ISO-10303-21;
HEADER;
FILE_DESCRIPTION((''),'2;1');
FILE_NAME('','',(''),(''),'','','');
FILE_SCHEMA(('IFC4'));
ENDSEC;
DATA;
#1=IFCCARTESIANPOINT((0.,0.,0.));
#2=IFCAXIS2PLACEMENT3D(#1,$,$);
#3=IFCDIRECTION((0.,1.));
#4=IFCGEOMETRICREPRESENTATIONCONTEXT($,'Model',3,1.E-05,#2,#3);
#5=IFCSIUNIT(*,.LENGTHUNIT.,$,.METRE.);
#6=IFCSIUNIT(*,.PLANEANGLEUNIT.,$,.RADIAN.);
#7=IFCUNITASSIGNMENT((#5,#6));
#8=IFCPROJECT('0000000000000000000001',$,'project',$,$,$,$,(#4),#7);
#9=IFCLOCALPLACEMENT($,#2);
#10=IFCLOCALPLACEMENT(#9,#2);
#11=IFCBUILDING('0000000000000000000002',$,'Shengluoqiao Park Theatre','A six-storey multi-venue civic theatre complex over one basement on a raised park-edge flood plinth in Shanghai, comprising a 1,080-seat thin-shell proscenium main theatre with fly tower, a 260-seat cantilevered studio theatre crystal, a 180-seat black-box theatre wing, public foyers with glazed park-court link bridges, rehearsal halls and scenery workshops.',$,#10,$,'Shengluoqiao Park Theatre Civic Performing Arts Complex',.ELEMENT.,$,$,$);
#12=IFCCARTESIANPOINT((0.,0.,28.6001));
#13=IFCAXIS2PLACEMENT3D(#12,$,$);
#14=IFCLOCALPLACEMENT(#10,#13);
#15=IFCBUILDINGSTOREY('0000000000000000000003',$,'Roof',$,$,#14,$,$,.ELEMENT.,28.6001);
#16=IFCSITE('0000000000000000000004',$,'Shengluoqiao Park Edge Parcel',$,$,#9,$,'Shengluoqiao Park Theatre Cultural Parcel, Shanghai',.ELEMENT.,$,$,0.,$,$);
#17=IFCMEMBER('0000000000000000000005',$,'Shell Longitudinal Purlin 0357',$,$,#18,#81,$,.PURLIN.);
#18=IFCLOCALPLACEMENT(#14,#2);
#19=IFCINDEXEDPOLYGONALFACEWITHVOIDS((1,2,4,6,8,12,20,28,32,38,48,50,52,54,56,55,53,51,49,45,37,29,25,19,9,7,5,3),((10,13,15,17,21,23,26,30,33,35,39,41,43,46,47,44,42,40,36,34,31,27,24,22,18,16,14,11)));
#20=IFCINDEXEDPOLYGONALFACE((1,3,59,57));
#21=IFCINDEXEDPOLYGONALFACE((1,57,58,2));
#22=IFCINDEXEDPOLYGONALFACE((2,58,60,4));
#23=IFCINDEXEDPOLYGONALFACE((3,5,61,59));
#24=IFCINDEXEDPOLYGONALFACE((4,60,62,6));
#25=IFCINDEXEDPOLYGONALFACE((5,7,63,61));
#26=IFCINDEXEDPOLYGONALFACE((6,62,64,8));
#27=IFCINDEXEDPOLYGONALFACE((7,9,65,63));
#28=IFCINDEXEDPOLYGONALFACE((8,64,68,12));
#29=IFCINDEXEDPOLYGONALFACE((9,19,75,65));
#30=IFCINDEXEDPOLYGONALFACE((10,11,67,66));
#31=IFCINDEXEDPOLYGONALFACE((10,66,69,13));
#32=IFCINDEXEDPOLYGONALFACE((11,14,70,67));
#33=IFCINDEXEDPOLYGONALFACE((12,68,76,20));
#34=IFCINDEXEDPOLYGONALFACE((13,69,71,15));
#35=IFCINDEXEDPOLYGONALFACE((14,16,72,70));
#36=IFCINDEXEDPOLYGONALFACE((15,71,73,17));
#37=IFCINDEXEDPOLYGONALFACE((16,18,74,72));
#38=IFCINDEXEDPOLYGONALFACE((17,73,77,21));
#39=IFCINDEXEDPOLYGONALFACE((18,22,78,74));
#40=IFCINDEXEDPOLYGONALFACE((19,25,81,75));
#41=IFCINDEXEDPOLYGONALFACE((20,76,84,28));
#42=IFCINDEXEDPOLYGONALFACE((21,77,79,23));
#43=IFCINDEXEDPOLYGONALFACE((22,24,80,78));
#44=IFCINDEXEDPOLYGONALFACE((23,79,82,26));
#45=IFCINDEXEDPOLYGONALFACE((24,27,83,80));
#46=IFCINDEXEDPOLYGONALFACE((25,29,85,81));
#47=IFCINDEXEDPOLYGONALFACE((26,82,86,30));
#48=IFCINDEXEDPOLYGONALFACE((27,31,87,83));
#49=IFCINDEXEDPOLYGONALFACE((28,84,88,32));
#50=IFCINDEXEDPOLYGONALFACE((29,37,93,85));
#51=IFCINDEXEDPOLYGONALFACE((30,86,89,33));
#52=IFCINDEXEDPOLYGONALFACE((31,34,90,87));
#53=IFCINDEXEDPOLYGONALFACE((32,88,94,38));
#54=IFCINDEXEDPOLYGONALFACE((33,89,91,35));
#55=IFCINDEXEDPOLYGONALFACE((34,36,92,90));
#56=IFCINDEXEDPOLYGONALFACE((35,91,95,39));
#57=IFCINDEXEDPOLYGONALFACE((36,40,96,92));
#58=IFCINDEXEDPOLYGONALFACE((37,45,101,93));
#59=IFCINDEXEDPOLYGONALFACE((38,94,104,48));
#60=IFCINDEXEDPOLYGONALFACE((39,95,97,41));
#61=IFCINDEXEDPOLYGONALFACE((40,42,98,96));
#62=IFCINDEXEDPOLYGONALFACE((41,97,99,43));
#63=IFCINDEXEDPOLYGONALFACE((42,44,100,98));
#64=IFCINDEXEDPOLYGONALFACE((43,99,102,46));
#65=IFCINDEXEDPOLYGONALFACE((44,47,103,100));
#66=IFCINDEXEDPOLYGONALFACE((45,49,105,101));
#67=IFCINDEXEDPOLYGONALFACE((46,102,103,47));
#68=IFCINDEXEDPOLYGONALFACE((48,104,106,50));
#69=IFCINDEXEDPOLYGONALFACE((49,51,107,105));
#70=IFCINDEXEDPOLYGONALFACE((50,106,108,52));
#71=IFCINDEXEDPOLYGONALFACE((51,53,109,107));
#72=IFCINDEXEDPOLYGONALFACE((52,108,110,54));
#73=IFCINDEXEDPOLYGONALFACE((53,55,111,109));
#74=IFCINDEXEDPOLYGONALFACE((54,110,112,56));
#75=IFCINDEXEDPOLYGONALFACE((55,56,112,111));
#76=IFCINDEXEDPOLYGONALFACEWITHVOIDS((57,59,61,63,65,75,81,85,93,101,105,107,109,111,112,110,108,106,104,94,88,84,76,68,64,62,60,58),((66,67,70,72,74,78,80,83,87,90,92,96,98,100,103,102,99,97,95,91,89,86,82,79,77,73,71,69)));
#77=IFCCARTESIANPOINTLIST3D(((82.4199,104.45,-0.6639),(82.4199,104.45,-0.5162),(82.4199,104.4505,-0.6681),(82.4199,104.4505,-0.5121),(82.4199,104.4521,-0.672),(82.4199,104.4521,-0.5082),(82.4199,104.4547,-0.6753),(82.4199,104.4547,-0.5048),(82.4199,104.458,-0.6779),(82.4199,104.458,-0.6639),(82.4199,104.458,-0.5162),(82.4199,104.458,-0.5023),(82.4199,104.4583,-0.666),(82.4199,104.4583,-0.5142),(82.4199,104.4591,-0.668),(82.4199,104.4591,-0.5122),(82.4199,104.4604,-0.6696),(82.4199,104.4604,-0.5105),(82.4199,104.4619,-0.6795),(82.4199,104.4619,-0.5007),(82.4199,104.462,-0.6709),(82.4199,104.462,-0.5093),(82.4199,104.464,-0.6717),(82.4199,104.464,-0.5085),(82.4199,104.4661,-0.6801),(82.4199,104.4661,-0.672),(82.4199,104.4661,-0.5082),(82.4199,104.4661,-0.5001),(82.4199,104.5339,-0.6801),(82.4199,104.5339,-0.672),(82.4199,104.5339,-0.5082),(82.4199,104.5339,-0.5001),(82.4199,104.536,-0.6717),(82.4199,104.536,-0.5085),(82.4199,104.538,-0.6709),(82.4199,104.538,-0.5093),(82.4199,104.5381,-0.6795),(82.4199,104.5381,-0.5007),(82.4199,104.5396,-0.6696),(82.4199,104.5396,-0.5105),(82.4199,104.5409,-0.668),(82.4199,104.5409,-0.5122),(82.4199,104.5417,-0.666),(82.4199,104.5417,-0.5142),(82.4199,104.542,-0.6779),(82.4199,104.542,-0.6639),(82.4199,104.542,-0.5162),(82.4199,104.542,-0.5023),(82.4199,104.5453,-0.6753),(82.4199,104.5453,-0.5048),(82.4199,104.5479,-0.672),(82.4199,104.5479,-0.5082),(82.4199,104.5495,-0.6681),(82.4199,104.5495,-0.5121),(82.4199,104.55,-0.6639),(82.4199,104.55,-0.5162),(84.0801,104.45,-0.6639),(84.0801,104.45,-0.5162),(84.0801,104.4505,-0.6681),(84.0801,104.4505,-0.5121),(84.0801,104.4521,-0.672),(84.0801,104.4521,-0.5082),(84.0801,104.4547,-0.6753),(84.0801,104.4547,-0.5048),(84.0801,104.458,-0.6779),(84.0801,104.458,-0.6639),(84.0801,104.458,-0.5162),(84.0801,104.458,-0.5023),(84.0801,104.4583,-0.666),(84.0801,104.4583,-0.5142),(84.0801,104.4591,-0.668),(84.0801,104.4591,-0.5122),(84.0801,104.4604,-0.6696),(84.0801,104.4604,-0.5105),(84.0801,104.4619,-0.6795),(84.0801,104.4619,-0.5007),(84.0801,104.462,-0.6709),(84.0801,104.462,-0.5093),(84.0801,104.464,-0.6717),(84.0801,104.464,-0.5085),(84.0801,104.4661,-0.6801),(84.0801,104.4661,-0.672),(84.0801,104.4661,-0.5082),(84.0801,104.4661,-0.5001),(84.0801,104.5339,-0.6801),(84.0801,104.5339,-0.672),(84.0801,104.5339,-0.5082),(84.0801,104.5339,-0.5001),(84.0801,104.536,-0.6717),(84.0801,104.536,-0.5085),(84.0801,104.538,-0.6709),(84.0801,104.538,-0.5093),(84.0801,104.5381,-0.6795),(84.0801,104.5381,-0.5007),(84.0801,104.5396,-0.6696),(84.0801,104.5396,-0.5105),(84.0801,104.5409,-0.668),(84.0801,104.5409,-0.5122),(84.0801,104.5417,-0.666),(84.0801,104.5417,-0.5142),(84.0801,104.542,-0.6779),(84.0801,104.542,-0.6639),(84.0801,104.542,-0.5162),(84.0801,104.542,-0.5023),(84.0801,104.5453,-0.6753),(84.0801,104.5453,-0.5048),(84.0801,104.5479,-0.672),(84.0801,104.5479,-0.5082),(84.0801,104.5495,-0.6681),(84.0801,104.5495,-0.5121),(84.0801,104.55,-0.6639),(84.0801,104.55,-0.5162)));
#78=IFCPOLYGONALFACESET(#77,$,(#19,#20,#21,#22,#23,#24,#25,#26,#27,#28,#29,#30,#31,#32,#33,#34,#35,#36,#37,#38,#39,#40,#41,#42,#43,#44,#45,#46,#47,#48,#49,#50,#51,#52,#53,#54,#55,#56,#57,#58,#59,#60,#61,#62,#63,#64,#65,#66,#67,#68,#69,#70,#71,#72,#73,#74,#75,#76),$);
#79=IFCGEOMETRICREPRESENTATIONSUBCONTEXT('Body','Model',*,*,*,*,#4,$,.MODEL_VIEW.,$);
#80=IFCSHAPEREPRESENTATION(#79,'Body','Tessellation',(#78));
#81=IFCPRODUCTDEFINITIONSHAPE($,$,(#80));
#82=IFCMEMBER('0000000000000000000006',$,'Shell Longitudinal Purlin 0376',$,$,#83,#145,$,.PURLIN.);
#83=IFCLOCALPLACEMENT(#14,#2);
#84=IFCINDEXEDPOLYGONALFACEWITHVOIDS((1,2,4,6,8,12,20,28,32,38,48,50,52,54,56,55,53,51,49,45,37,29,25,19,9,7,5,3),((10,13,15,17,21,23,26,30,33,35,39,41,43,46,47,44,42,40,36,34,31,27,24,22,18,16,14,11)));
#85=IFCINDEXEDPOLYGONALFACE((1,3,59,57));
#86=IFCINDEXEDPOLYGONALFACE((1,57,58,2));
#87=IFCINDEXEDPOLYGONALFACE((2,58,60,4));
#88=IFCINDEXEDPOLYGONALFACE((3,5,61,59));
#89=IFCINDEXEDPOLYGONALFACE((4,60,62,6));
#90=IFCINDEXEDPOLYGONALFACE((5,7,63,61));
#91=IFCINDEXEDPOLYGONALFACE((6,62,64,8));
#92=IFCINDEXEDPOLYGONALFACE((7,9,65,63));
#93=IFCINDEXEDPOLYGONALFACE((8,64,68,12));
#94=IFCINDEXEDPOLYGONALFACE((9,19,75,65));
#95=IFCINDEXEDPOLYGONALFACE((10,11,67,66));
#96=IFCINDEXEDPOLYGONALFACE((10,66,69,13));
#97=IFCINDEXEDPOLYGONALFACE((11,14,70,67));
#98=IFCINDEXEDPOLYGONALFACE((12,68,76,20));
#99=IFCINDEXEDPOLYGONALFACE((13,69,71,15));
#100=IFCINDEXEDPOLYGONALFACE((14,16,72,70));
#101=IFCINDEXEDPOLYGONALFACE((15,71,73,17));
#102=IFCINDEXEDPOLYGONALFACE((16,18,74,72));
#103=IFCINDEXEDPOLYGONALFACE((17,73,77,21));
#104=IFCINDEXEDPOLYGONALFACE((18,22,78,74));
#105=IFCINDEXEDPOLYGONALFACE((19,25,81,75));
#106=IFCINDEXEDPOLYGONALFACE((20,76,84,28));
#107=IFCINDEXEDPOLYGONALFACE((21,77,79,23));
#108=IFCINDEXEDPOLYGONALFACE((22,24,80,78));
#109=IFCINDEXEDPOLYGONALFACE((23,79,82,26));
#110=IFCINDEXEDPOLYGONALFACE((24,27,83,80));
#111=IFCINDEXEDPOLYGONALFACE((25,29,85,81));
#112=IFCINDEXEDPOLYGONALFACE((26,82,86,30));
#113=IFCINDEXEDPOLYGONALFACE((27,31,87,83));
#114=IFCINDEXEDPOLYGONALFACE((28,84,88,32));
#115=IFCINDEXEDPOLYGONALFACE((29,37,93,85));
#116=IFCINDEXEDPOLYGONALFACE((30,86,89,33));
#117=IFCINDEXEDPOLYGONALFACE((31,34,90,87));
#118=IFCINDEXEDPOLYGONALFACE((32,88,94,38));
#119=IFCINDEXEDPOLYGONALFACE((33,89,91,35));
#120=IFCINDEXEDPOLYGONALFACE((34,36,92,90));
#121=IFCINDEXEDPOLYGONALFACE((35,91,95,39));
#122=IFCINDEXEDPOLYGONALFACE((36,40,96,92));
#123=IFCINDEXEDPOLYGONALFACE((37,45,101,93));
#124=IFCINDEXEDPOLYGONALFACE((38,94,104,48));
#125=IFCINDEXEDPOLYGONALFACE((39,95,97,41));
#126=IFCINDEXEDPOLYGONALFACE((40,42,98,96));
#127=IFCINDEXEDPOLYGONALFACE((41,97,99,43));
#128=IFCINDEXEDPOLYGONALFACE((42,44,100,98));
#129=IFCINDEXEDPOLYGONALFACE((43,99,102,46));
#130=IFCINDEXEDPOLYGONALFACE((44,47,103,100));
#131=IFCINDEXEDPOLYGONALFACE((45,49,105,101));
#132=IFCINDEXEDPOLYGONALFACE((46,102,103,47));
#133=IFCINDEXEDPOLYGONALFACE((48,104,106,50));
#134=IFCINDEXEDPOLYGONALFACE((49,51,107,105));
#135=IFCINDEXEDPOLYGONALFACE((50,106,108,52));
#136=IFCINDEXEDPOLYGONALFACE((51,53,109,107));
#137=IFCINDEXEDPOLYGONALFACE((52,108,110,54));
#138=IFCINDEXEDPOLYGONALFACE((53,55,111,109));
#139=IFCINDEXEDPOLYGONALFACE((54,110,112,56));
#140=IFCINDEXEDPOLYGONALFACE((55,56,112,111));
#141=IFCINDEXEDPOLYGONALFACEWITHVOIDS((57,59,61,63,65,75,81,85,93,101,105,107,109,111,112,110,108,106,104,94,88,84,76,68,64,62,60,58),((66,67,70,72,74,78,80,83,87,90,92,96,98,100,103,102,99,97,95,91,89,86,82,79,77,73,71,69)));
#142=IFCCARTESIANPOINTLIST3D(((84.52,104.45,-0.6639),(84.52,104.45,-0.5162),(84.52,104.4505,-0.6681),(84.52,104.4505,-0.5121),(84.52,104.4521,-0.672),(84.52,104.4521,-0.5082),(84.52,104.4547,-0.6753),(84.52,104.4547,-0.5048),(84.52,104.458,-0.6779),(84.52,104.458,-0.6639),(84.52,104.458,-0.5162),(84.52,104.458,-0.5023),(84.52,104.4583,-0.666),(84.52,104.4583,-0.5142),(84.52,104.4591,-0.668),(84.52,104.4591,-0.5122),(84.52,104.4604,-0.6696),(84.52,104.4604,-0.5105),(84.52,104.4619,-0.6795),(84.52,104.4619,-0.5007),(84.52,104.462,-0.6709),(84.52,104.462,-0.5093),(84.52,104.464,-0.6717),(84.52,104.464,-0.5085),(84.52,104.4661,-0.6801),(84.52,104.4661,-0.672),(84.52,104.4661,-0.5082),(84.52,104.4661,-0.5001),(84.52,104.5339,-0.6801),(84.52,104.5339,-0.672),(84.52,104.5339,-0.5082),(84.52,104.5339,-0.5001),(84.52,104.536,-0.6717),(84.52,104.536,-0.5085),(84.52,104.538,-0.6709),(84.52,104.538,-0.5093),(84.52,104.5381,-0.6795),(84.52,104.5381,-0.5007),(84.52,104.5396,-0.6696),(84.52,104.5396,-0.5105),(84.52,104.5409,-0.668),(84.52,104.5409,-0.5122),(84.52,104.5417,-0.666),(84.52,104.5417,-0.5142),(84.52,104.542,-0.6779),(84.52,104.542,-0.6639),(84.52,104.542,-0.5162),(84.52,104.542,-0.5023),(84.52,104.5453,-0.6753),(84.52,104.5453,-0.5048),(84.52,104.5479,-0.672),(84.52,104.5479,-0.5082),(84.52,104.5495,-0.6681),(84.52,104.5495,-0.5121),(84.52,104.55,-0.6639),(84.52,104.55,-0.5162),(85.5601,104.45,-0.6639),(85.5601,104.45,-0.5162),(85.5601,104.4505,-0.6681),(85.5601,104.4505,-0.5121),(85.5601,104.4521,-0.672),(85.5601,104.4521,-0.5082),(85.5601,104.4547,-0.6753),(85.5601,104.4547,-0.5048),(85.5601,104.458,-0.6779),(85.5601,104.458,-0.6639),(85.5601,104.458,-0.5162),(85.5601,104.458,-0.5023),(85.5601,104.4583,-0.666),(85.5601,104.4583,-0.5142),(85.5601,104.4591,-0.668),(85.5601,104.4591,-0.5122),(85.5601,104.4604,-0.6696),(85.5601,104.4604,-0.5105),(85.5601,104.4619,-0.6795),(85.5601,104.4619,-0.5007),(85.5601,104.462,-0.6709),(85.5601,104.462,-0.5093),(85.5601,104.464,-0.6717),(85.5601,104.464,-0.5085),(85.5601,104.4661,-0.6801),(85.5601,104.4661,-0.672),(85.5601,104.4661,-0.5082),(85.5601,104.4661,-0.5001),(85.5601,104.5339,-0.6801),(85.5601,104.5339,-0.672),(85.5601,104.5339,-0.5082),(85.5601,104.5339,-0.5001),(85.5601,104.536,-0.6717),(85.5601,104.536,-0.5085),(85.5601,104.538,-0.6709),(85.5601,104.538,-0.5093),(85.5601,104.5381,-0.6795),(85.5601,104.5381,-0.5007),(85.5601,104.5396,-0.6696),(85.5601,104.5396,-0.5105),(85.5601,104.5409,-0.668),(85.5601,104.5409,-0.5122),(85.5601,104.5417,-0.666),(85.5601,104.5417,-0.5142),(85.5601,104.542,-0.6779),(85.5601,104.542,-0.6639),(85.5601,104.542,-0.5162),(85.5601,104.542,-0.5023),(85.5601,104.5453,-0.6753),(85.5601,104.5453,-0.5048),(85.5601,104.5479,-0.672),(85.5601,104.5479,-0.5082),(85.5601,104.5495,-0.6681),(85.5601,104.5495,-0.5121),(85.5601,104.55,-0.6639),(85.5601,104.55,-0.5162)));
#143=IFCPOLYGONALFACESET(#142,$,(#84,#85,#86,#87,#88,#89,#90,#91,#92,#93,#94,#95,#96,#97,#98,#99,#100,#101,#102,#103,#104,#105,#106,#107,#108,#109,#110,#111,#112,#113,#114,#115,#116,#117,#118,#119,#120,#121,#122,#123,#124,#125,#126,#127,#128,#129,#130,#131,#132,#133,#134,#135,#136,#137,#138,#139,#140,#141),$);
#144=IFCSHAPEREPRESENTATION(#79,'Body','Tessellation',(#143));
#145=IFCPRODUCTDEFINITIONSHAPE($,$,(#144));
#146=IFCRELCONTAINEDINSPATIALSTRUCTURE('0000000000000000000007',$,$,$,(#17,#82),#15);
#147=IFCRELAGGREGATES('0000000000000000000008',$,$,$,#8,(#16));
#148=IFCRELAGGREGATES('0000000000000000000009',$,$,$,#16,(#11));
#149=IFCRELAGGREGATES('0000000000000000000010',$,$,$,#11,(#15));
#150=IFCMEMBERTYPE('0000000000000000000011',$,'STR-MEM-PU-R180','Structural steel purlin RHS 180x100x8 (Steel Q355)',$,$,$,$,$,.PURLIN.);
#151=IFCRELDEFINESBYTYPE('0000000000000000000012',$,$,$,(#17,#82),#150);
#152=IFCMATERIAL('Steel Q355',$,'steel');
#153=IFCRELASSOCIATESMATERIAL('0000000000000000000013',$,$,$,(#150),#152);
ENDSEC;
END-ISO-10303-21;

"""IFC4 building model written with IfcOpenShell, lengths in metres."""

from ifc_helpers import new_model, si_unit, direction, frame, origin, origin_2d, place, context, subcontext, project, spatial, hollow_rectangle, extrude, material, material_profile, profile_set, type_object, element, save


model = new_model("IFC4")

# Units and contexts
model_context = context("Model", 3, precision=1e-05, world=origin(), true_north=direction((0.0, 1.0)))
body_context = subcontext(model_context, "Body", "Model", "MODEL_VIEW")
ifc_project = project(units=[si_unit("LENGTHUNIT", "METRE"), si_unit("PLANEANGLEUNIT", "RADIAN")], contexts=[model_context])

# Site, building, storey
site_placement = place(None, origin())
site = spatial("IfcSite", under=ifc_project, at=site_placement, Name="Shengluoqiao Park Edge Parcel", LongName="Shengluoqiao Park Theatre Cultural Parcel, Shanghai", CompositionType="ELEMENT", RefElevation=0.0)
building_placement = place(site_placement, origin())
building = spatial("IfcBuilding", under=site, at=building_placement, Name="Shengluoqiao Park Theatre", Description="A six-storey multi-venue civic theatre complex over one basement on a raised park-edge flood plinth in Shanghai, comprising a 1,080-seat thin-shell proscenium main theatre with fly tower, a 260-seat cantilevered studio theatre crystal, a 180-seat black-box theatre wing, public foyers with glazed park-court link bridges, rehearsal halls and scenery workshops.", LongName="Shengluoqiao Park Theatre Civic Performing Arts Complex", CompositionType="ELEMENT")
storey_placement = place(building_placement, frame((0.0, 0.0, 28.6001)))
storey = spatial("IfcBuildingStorey", under=building, at=storey_placement, Name="Roof", CompositionType="ELEMENT", Elevation=28.6001)

# Shared definitions
ifc_material_1 = material(Name="Steel Q355", Category="steel")

# Members
ifc_material_profile_1 = material_profile(ifc_material_1, hollow_rectangle(XDim=0.1001, YDim=0.1799, WallThickness=0.0081, InnerFilletRadius=0.0081, OuterFilletRadius=0.0161, at=origin_2d()), Name="RHS 180x100x8")
ifc_profile_set_1 = profile_set([ifc_material_profile_1], Name="Steel Q355")
member_type_1 = type_object("IfcMemberType", Name="STR-MEM-PU-R180", Description="Structural steel purlin RHS 180x100x8 (Steel Q355)", PredefinedType="PURLIN", material=ifc_profile_set_1)
member_1_placement = place(storey_placement, frame((82.4199, 104.5, -0.5901), z_axis=(1.0, 0.0, 0.0), x_axis=(0.0, 1.0, 0.0)))
element("IfcMember", 1, at=member_1_placement, inside=storey, type_object=member_type_1, Name="Shell Longitudinal Purlin 0357", PredefinedType="PURLIN", context=body_context, shape_type="SweptSolid", body=[
    extrude(hollow_rectangle(XDim=0.1001, YDim=0.1799, WallThickness=0.0081, InnerFilletRadius=0.0081, OuterFilletRadius=0.0161, at=origin_2d()), origin(), (0.0, 0.0, 1.0), 1.6602),
])
member_2_placement = place(storey_placement, frame((84.52, 104.5, -0.5901), z_axis=(1.0, 0.0, 0.0), x_axis=(0.0, 1.0, 0.0)))
element("IfcMember", 2, at=member_2_placement, inside=storey, type_object=member_type_1, Name="Shell Longitudinal Purlin 0376", PredefinedType="PURLIN", context=body_context, shape_type="SweptSolid", body=[
    extrude(hollow_rectangle(XDim=0.1001, YDim=0.1799, WallThickness=0.0081, InnerFilletRadius=0.0081, OuterFilletRadius=0.0161, at=origin_2d()), origin(), (0.0, 0.0, 1.0), 1.04),
])

save(model, "model.ifc")
